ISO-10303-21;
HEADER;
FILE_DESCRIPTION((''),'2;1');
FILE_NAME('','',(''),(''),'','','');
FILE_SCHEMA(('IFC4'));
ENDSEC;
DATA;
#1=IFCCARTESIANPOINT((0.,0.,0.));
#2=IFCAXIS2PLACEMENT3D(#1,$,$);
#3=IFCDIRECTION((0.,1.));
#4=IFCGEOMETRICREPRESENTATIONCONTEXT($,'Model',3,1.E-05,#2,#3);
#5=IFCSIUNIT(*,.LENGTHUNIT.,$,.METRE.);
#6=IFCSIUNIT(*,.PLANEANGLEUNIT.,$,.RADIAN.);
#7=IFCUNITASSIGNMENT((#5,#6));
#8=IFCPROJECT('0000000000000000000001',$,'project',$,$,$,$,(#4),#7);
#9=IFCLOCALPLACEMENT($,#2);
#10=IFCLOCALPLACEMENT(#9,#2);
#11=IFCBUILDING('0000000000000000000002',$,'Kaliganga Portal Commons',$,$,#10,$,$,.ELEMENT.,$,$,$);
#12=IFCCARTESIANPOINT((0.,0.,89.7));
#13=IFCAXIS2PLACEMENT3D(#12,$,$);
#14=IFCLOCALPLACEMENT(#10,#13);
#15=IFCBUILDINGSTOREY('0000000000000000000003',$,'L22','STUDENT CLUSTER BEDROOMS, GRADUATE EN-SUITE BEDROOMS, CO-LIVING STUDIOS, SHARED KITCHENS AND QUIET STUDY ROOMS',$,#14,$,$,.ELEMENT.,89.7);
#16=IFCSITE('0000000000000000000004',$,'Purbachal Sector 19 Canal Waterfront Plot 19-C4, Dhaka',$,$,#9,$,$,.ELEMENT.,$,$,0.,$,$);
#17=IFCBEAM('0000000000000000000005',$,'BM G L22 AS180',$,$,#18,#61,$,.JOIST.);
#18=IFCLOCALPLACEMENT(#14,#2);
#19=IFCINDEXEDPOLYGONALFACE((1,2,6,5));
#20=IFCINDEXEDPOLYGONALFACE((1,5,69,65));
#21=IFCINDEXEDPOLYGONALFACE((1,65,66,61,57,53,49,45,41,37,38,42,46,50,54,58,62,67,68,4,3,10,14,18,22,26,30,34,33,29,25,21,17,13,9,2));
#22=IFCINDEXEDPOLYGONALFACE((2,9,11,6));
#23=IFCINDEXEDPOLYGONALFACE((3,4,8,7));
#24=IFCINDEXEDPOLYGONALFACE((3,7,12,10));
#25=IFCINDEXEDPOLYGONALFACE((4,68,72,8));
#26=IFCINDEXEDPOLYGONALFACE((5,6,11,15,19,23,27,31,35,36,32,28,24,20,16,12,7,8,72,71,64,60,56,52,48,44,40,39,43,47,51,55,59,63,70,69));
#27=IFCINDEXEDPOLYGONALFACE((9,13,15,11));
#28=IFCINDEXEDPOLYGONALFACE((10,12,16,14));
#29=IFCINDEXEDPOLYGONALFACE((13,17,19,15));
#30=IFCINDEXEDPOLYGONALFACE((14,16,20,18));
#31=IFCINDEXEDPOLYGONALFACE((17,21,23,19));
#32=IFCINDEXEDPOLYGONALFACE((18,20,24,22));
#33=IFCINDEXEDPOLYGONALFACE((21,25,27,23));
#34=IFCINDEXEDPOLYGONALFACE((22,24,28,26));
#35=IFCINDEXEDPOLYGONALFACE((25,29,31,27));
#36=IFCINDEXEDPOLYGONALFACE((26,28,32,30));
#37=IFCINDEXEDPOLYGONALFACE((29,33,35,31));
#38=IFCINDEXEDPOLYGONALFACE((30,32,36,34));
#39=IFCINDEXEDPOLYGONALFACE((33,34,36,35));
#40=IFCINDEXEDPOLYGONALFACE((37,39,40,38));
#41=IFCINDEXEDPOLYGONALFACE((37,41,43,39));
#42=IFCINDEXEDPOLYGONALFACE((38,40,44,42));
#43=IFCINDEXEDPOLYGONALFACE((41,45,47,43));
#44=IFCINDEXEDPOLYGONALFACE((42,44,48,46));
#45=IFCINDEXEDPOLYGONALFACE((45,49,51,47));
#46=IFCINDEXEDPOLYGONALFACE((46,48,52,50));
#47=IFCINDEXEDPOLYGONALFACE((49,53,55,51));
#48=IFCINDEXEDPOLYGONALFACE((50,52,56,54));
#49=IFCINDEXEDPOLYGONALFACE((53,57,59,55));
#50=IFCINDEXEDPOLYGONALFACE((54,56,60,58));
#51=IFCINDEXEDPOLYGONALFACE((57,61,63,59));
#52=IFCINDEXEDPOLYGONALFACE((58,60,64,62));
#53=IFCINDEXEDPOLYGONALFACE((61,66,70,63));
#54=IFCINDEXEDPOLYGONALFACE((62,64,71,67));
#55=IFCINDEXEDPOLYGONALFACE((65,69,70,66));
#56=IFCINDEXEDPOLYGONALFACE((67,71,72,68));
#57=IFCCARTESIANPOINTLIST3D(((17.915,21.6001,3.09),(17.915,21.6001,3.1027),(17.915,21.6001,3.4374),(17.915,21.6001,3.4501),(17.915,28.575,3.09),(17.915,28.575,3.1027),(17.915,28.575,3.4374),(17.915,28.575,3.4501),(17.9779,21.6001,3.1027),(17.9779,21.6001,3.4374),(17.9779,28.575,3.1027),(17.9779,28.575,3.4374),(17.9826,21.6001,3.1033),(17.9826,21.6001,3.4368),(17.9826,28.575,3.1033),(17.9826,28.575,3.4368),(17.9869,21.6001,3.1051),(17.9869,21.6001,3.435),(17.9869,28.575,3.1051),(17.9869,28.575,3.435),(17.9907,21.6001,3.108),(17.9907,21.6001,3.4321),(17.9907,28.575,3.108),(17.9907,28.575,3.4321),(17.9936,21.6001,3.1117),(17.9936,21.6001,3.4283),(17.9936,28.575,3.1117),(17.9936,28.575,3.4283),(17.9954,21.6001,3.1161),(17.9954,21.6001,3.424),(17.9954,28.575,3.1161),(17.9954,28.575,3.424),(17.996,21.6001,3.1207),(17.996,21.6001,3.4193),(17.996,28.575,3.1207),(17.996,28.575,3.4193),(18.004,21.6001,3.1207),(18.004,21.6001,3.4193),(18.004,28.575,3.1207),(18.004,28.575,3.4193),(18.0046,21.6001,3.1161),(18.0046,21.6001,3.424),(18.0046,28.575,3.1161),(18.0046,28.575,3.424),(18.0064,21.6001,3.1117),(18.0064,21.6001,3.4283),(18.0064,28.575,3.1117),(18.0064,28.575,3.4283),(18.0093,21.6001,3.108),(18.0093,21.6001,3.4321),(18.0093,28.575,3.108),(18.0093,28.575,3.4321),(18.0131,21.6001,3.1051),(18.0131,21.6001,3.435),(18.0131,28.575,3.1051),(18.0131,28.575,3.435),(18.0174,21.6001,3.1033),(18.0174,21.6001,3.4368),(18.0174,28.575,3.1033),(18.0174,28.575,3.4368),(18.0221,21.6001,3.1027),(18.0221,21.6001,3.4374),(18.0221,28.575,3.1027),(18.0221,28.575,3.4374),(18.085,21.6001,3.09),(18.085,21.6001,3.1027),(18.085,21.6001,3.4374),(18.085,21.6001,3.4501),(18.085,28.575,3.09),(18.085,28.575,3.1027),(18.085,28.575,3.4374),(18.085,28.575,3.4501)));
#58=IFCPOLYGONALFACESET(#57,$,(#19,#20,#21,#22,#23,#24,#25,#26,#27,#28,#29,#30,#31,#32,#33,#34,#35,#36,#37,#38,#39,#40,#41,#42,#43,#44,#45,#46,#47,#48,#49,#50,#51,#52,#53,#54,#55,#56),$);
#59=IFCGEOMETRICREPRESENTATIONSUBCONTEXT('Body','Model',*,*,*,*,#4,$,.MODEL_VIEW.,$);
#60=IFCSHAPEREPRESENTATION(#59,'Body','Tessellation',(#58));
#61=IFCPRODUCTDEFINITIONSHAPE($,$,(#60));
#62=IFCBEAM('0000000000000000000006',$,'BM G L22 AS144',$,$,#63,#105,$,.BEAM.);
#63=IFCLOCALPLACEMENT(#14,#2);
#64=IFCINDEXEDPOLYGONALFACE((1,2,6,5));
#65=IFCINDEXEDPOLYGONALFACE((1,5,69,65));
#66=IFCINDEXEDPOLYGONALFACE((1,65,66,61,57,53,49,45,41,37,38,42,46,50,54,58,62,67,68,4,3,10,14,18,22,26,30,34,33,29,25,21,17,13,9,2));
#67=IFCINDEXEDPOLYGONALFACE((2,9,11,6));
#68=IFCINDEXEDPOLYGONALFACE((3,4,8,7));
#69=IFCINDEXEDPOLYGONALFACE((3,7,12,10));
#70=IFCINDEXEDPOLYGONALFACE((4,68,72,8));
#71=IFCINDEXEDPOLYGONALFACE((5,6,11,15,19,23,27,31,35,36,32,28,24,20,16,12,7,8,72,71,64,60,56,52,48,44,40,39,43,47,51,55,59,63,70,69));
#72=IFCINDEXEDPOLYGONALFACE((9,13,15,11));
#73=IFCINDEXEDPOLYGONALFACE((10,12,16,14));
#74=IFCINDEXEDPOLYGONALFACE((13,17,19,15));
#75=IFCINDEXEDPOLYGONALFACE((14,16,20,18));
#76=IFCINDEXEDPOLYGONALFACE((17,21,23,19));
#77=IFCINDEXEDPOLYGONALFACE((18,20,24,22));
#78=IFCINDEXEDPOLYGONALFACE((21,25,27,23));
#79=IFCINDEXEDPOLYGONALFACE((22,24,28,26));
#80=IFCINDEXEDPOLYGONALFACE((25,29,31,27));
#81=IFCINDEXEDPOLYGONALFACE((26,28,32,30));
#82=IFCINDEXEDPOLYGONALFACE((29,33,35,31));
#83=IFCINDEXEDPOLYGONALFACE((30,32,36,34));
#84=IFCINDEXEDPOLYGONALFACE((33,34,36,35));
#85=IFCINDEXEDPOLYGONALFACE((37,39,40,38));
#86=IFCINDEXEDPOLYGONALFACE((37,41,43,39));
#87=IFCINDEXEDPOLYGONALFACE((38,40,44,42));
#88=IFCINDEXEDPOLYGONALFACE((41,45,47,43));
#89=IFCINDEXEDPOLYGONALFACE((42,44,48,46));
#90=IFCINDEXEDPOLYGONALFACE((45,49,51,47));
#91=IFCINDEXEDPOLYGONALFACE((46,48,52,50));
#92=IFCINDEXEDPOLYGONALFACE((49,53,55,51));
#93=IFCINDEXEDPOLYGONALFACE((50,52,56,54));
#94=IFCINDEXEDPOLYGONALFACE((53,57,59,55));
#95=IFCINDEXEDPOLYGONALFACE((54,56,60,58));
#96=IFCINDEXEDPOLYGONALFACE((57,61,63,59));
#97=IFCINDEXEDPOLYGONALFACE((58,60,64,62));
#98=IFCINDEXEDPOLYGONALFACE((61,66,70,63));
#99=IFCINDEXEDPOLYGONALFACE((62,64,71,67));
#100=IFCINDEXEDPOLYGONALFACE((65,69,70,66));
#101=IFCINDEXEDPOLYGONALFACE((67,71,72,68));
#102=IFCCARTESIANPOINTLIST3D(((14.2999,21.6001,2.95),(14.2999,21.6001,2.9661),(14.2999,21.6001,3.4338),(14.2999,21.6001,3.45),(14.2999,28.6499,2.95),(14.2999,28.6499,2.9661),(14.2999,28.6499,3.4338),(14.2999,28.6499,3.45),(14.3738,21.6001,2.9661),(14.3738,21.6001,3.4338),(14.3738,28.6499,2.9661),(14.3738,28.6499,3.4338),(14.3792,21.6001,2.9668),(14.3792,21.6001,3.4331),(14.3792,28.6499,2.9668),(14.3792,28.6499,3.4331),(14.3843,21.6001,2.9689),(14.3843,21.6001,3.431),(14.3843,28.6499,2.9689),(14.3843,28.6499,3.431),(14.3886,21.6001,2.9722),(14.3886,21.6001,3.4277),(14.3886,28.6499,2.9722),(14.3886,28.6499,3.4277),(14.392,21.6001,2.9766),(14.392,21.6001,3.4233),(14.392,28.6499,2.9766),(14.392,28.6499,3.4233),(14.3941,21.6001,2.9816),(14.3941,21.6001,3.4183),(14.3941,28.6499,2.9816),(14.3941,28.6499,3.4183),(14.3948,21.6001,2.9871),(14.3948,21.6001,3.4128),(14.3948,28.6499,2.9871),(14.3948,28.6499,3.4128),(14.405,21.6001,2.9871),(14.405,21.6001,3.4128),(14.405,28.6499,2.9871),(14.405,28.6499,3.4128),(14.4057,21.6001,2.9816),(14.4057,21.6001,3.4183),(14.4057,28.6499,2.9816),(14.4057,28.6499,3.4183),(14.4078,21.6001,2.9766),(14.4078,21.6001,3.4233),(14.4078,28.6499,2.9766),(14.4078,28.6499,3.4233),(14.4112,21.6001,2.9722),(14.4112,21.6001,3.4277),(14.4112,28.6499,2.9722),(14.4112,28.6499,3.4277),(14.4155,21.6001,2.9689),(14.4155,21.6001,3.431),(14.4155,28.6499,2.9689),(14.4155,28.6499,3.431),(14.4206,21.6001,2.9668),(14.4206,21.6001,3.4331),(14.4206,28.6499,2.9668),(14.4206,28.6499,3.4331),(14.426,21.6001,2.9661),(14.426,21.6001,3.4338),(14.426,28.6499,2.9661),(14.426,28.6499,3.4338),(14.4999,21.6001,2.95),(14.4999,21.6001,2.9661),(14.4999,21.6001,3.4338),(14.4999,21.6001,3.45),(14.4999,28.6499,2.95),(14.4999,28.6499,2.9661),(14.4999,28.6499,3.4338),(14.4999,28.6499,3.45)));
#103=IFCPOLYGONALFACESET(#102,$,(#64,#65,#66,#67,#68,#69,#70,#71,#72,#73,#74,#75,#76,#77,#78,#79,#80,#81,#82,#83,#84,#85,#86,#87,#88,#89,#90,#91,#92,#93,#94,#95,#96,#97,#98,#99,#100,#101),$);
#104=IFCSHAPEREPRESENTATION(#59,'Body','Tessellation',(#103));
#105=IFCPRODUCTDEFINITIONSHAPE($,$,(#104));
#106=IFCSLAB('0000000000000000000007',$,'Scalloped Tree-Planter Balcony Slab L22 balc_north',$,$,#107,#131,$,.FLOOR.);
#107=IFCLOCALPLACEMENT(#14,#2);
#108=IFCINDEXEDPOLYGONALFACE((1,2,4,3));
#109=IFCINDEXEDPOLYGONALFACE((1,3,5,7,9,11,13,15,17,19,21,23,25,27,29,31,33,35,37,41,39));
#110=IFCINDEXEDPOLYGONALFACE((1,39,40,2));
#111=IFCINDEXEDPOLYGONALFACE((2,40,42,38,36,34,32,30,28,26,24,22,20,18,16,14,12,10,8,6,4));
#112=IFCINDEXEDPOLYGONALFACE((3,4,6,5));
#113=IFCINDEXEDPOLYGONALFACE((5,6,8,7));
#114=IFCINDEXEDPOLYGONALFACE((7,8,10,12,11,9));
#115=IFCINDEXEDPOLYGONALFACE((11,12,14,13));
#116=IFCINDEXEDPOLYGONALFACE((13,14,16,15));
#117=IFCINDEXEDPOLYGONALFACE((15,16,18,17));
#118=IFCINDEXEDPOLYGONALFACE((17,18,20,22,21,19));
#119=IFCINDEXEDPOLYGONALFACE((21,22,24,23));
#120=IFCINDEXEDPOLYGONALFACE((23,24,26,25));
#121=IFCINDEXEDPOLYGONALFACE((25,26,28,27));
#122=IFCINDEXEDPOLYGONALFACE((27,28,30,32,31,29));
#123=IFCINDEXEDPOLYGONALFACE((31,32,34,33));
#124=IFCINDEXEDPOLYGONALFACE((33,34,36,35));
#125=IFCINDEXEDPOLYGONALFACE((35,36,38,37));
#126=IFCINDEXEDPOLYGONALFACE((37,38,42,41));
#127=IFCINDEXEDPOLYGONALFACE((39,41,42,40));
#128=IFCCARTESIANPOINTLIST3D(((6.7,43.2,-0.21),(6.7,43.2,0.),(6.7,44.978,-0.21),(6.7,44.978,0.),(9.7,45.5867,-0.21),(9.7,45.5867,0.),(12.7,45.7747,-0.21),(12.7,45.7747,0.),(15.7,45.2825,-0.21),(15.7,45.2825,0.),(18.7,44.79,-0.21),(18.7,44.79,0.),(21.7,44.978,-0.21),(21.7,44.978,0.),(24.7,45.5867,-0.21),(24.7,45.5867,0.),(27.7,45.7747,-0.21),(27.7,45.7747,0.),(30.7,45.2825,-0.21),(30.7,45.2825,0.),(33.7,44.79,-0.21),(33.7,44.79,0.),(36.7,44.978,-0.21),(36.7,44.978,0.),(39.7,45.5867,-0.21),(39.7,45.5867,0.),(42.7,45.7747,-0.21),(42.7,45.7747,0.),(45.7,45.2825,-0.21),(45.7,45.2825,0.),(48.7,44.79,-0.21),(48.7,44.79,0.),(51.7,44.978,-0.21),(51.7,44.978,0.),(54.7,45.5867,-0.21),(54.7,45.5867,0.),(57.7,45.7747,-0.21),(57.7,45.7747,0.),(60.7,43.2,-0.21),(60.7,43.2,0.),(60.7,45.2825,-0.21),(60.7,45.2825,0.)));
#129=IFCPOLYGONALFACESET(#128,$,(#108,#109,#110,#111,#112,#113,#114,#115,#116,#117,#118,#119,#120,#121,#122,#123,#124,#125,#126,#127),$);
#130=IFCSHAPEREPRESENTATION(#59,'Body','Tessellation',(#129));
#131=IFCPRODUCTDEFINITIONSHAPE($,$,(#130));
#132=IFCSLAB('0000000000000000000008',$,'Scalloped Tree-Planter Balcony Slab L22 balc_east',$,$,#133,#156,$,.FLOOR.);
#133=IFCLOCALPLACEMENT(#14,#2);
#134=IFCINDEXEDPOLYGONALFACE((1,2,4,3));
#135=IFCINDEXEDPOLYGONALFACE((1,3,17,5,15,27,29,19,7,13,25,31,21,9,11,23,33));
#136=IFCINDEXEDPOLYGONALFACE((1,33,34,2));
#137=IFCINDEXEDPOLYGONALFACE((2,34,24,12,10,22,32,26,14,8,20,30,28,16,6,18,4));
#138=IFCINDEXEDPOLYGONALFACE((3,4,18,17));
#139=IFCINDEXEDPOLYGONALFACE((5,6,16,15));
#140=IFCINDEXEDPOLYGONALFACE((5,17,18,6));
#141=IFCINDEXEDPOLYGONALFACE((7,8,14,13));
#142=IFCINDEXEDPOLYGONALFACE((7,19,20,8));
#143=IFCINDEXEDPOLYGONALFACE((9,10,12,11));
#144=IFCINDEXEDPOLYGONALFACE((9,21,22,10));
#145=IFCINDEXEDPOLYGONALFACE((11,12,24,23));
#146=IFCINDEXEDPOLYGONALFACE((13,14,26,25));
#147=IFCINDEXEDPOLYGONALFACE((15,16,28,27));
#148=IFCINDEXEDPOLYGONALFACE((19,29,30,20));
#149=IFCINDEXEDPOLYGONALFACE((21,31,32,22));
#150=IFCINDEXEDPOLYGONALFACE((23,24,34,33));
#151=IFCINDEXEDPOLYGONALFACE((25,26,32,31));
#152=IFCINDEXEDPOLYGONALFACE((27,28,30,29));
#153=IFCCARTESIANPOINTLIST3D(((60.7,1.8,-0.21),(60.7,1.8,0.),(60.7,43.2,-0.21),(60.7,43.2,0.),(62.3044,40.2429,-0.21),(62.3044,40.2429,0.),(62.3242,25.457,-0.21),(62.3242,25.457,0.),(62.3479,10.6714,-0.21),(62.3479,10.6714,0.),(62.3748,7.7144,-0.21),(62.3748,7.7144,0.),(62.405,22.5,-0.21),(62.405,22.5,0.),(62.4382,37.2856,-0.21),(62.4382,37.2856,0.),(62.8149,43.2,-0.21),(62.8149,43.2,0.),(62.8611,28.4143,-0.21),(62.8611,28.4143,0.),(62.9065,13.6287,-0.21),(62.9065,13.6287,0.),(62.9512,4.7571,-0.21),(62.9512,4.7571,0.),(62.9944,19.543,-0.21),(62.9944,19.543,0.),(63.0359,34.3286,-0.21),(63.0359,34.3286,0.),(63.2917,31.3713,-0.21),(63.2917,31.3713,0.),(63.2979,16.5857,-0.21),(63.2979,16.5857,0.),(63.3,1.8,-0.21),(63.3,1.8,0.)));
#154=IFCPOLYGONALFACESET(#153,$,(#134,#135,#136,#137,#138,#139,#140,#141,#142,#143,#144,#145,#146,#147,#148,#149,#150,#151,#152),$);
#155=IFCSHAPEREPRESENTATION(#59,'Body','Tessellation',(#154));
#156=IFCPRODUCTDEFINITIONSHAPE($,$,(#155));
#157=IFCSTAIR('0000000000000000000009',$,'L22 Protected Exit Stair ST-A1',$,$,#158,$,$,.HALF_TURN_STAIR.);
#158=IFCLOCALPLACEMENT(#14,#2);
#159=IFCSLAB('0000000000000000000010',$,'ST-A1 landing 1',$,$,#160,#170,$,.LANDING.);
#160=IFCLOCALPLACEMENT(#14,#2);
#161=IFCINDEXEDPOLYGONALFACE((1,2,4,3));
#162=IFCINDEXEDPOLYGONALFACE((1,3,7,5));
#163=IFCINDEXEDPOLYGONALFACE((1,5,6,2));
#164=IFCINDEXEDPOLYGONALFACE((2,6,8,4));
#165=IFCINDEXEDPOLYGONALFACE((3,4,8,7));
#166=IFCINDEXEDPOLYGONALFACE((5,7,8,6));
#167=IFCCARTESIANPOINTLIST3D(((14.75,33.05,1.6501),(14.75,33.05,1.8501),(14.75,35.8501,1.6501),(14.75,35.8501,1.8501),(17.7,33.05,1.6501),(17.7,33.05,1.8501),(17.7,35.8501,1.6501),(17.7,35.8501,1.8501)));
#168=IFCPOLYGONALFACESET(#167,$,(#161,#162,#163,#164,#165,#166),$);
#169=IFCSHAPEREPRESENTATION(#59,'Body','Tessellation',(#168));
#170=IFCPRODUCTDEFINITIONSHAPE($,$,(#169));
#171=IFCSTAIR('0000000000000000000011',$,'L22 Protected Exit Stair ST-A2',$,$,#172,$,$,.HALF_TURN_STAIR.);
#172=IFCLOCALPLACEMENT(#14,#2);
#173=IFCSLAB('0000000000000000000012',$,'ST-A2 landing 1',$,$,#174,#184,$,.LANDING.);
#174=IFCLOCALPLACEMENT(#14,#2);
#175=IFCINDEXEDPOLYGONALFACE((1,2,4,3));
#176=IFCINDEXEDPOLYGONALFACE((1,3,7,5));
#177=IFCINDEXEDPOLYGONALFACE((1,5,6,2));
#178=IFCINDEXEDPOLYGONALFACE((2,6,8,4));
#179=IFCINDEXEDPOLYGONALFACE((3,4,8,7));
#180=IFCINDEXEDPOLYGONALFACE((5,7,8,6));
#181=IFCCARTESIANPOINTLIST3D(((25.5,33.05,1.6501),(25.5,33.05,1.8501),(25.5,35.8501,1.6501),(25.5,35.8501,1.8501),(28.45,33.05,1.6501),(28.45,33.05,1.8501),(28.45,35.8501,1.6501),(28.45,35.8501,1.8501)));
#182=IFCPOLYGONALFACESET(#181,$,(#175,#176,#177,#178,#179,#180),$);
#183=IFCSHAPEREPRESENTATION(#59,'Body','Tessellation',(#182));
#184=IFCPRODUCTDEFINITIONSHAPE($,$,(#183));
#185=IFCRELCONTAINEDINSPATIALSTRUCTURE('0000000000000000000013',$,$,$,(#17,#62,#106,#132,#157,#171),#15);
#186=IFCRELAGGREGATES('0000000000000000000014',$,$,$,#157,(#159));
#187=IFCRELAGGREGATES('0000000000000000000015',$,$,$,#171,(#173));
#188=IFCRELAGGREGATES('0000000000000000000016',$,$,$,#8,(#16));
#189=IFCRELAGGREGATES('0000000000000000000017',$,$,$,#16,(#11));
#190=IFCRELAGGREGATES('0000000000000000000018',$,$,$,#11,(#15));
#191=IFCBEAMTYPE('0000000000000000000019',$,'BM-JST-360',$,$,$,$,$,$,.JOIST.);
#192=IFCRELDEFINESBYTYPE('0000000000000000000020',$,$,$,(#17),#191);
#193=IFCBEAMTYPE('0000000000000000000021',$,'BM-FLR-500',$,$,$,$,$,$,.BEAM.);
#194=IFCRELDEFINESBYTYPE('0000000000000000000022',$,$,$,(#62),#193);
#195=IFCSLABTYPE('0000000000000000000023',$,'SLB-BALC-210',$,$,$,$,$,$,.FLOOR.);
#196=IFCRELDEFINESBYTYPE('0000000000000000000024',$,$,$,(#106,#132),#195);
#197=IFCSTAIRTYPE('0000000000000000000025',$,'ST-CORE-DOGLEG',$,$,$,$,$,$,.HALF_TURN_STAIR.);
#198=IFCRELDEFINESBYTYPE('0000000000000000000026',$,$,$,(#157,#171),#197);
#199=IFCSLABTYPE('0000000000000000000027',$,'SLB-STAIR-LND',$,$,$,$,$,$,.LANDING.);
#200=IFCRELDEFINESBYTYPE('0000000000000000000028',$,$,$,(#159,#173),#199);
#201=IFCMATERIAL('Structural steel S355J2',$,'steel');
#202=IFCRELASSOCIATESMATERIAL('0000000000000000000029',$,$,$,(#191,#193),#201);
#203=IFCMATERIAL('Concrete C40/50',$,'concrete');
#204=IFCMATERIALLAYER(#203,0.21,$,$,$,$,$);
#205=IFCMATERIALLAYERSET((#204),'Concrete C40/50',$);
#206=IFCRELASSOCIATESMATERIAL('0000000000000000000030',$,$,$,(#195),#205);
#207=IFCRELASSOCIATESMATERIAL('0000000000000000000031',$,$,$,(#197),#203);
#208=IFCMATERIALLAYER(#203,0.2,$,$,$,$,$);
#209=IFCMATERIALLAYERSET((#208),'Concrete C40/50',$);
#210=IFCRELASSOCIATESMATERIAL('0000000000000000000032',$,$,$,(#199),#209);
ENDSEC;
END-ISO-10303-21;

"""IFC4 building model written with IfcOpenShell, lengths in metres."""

from ifc_helpers import new_model, si_unit, direction, frame, origin, origin_2d, place, context, subcontext, project, spatial, polyline, i_section, outline, extrude, source, transform, mapped, material, layer, layer_set, material_profile, profile_set, type_object, element, aggregate, save


model = new_model("IFC4")

# Units and contexts
model_context = context("Model", 3, precision=1e-05, world=origin(), true_north=direction((0.0, 1.0)))
body_context = subcontext(model_context, "Body", "Model", "MODEL_VIEW")
ifc_project = project(units=[si_unit("LENGTHUNIT", "METRE"), si_unit("PLANEANGLEUNIT", "RADIAN")], contexts=[model_context])

# Site, building, storey
site_placement = place(None, origin())
site = spatial("IfcSite", under=ifc_project, at=site_placement, Name="Purbachal Sector 19 Canal Waterfront Plot 19-C4, Dhaka", CompositionType="ELEMENT", RefElevation=0.0)
building_placement = place(site_placement, origin())
building = spatial("IfcBuilding", under=site, at=building_placement, Name="Kaliganga Portal Commons", CompositionType="ELEMENT")
storey_placement = place(building_placement, frame((0.0, 0.0, 89.7)))
storey = spatial("IfcBuildingStorey", under=building, at=storey_placement, Name="L22", Description="STUDENT CLUSTER BEDROOMS, GRADUATE EN-SUITE BEDROOMS, CO-LIVING STUDIOS, SHARED KITCHENS AND QUIET STUDY ROOMS", CompositionType="ELEMENT", Elevation=89.7)

# Beams
ifc_material_1 = material(Name="Structural steel S355J2", Category="steel")
ifc_material_profile_1 = material_profile(ifc_material_1, i_section(OverallWidth=0.1699, OverallDepth=0.3601, WebThickness=0.0081, FlangeThickness=0.0127, FilletRadius=0.0181, at=origin_2d()), Name="IPE 360")
ifc_profile_set_1 = profile_set([ifc_material_profile_1], Name="Structural steel S355J2 wide-flange")
beam_type_1 = type_object("IfcBeamType", Name="BM-JST-360", PredefinedType="JOIST", material=ifc_profile_set_1)
shared_shape_1 = source(origin(), body_context, "Body", "SweptSolid", [
    extrude(i_section(OverallWidth=0.1699, OverallDepth=0.3601, WebThickness=0.0081, FlangeThickness=0.0127, FilletRadius=0.0181, at=origin_2d()), origin(), (0.0, 0.0, 1.0), 6.9749),
])
beam_1_placement = place(storey_placement, frame((18.0, 21.6001, 3.27), z_axis=(0.0, 1.0, 0.0), x_axis=(-1.0, 0.0, 0.0)))
element("IfcBeam", 1, at=beam_1_placement, inside=storey, type_object=beam_type_1, Name="BM G L22 AS180", PredefinedType="JOIST", context=body_context, shape_type="MappedRepresentation", body=[
    mapped(shared_shape_1, transform((0.0, 0.0, 0.0), x_axis=(1.0, 0.0, 0.0), y_axis=(0.0, 1.0, 0.0), z_axis=(0.0, 0.0, 1.0), scale=1.0)),
])
ifc_material_profile_2 = material_profile(ifc_material_1, i_section(OverallWidth=0.2, OverallDepth=0.5, WebThickness=0.0103, FlangeThickness=0.0161, FilletRadius=0.021, at=origin_2d()), Name="IPE 500")
ifc_profile_set_2 = profile_set([ifc_material_profile_2], Name="Structural steel S355J2 wide-flange")
beam_type_2 = type_object("IfcBeamType", Name="BM-FLR-500", PredefinedType="BEAM", material=ifc_profile_set_2)
shared_shape_2 = source(origin(), body_context, "Body", "SweptSolid", [
    extrude(i_section(OverallWidth=0.2, OverallDepth=0.5, WebThickness=0.0103, FlangeThickness=0.0161, FilletRadius=0.021, at=origin_2d()), origin(), (0.0, 0.0, 1.0), 7.0498),
])
beam_2_placement = place(storey_placement, frame((14.3999, 21.6001, 3.2), z_axis=(0.0, 1.0, 0.0), x_axis=(-1.0, 0.0, 0.0)))
element("IfcBeam", 2, at=beam_2_placement, inside=storey, type_object=beam_type_2, Name="BM G L22 AS144", PredefinedType="BEAM", context=body_context, shape_type="MappedRepresentation", body=[
    mapped(shared_shape_2, transform((0.0, 0.0, 0.0), x_axis=(1.0, 0.0, 0.0), y_axis=(0.0, 1.0, 0.0), z_axis=(0.0, 0.0, 1.0), scale=1.0)),
])

# Slabs
ifc_material_2 = material(Name="Concrete C40/50", Category="concrete")
ifc_layer_1 = layer(ifc_material_2, 0.21)
ifc_layer_set_1 = layer_set([ifc_layer_1], Name="Concrete C40/50")
slab_type_1 = type_object("IfcSlabType", Name="SLB-BALC-210", PredefinedType="FLOOR", material=ifc_layer_set_1)
slab_1_placement = place(storey_placement, frame((0.0, 0.0, -0.21)))
element("IfcSlab", 3, at=slab_1_placement, inside=storey, type_object=slab_type_1, Name="Scalloped Tree-Planter Balcony Slab L22 balc_north", PredefinedType="FLOOR", context=body_context, shape_type="SweptSolid", body=[
    extrude(outline(polyline([(60.7, 43.2), (60.7, 45.2825), (57.7, 45.7747), (54.7, 45.5867), (51.7, 44.978), (48.7, 44.79), (45.7, 45.2825), (42.7, 45.7747), (39.7, 45.5867), (36.7, 44.978), (33.7, 44.79), (30.7, 45.2825), (27.7, 45.7747), (24.7, 45.5867), (21.7, 44.978), (18.7, 44.79), (15.7, 45.2825), (12.7, 45.7747), (9.7, 45.5867), (6.7, 44.978), (6.7, 43.2), (60.7, 43.2)])), origin(), (0.0, 0.0, 1.0), 0.21),
])
slab_2_placement = place(storey_placement, frame((0.0, 0.0, -0.21)))
element("IfcSlab", 4, at=slab_2_placement, inside=storey, type_object=slab_type_1, Name="Scalloped Tree-Planter Balcony Slab L22 balc_east", PredefinedType="FLOOR", context=body_context, shape_type="SweptSolid", body=[
    extrude(outline(polyline([(60.7, 1.8), (63.3, 1.8), (62.9512, 4.7571), (62.3748, 7.7144), (62.3479, 10.6714), (62.9065, 13.6287), (63.2979, 16.5857), (62.9944, 19.543), (62.405, 22.5), (62.3242, 25.457), (62.8611, 28.4143), (63.2917, 31.3713), (63.0359, 34.3286), (62.4382, 37.2856), (62.3044, 40.2429), (62.8149, 43.2), (60.7, 43.2), (60.7, 1.8)])), origin(), (0.0, 0.0, 1.0), 0.21),
])

# Stairs, slabs
stair_type = type_object("IfcStairType", Name="ST-CORE-DOGLEG", PredefinedType="HALF_TURN_STAIR", material=ifc_material_2)
stair_1_placement = place(storey_placement, origin())
stair_1 = element("IfcStair", 5, at=stair_1_placement, inside=storey, type_object=stair_type, Name="L22 Protected Exit Stair ST-A1", PredefinedType="HALF_TURN_STAIR")
ifc_layer_2 = layer(ifc_material_2, 0.2)
ifc_layer_set_2 = layer_set([ifc_layer_2], Name="Concrete C40/50")
slab_type_2 = type_object("IfcSlabType", Name="SLB-STAIR-LND", PredefinedType="LANDING", material=ifc_layer_set_2)
slab_3_placement = place(storey_placement, frame((0.0, 0.0, 1.6501)))
slab_3 = element("IfcSlab", 6, at=slab_3_placement, type_object=slab_type_2, Name="ST-A1 landing 1", PredefinedType="LANDING", context=body_context, shape_type="SweptSolid", body=[
    extrude(outline(polyline([(17.7, 33.05), (17.7, 35.8501), (14.75, 35.8501), (14.75, 33.05), (17.7, 33.05)])), origin(), (0.0, 0.0, 1.0), 0.2),
])
aggregate(stair_1, [slab_3])
stair_2_placement = place(storey_placement, origin())
stair_2 = element("IfcStair", 7, at=stair_2_placement, inside=storey, type_object=stair_type, Name="L22 Protected Exit Stair ST-A2", PredefinedType="HALF_TURN_STAIR")
slab_4_placement = place(storey_placement, frame((0.0, 0.0, 1.6501)))
slab_4 = element("IfcSlab", 8, at=slab_4_placement, type_object=slab_type_2, Name="ST-A2 landing 1", PredefinedType="LANDING", context=body_context, shape_type="SweptSolid", body=[
    extrude(outline(polyline([(28.45, 33.05), (28.45, 35.8501), (25.5, 35.8501), (25.5, 33.05), (28.45, 33.05)])), origin(), (0.0, 0.0, 1.0), 0.2),
])
aggregate(stair_2, [slab_4])

save(model, "model.ifc")
